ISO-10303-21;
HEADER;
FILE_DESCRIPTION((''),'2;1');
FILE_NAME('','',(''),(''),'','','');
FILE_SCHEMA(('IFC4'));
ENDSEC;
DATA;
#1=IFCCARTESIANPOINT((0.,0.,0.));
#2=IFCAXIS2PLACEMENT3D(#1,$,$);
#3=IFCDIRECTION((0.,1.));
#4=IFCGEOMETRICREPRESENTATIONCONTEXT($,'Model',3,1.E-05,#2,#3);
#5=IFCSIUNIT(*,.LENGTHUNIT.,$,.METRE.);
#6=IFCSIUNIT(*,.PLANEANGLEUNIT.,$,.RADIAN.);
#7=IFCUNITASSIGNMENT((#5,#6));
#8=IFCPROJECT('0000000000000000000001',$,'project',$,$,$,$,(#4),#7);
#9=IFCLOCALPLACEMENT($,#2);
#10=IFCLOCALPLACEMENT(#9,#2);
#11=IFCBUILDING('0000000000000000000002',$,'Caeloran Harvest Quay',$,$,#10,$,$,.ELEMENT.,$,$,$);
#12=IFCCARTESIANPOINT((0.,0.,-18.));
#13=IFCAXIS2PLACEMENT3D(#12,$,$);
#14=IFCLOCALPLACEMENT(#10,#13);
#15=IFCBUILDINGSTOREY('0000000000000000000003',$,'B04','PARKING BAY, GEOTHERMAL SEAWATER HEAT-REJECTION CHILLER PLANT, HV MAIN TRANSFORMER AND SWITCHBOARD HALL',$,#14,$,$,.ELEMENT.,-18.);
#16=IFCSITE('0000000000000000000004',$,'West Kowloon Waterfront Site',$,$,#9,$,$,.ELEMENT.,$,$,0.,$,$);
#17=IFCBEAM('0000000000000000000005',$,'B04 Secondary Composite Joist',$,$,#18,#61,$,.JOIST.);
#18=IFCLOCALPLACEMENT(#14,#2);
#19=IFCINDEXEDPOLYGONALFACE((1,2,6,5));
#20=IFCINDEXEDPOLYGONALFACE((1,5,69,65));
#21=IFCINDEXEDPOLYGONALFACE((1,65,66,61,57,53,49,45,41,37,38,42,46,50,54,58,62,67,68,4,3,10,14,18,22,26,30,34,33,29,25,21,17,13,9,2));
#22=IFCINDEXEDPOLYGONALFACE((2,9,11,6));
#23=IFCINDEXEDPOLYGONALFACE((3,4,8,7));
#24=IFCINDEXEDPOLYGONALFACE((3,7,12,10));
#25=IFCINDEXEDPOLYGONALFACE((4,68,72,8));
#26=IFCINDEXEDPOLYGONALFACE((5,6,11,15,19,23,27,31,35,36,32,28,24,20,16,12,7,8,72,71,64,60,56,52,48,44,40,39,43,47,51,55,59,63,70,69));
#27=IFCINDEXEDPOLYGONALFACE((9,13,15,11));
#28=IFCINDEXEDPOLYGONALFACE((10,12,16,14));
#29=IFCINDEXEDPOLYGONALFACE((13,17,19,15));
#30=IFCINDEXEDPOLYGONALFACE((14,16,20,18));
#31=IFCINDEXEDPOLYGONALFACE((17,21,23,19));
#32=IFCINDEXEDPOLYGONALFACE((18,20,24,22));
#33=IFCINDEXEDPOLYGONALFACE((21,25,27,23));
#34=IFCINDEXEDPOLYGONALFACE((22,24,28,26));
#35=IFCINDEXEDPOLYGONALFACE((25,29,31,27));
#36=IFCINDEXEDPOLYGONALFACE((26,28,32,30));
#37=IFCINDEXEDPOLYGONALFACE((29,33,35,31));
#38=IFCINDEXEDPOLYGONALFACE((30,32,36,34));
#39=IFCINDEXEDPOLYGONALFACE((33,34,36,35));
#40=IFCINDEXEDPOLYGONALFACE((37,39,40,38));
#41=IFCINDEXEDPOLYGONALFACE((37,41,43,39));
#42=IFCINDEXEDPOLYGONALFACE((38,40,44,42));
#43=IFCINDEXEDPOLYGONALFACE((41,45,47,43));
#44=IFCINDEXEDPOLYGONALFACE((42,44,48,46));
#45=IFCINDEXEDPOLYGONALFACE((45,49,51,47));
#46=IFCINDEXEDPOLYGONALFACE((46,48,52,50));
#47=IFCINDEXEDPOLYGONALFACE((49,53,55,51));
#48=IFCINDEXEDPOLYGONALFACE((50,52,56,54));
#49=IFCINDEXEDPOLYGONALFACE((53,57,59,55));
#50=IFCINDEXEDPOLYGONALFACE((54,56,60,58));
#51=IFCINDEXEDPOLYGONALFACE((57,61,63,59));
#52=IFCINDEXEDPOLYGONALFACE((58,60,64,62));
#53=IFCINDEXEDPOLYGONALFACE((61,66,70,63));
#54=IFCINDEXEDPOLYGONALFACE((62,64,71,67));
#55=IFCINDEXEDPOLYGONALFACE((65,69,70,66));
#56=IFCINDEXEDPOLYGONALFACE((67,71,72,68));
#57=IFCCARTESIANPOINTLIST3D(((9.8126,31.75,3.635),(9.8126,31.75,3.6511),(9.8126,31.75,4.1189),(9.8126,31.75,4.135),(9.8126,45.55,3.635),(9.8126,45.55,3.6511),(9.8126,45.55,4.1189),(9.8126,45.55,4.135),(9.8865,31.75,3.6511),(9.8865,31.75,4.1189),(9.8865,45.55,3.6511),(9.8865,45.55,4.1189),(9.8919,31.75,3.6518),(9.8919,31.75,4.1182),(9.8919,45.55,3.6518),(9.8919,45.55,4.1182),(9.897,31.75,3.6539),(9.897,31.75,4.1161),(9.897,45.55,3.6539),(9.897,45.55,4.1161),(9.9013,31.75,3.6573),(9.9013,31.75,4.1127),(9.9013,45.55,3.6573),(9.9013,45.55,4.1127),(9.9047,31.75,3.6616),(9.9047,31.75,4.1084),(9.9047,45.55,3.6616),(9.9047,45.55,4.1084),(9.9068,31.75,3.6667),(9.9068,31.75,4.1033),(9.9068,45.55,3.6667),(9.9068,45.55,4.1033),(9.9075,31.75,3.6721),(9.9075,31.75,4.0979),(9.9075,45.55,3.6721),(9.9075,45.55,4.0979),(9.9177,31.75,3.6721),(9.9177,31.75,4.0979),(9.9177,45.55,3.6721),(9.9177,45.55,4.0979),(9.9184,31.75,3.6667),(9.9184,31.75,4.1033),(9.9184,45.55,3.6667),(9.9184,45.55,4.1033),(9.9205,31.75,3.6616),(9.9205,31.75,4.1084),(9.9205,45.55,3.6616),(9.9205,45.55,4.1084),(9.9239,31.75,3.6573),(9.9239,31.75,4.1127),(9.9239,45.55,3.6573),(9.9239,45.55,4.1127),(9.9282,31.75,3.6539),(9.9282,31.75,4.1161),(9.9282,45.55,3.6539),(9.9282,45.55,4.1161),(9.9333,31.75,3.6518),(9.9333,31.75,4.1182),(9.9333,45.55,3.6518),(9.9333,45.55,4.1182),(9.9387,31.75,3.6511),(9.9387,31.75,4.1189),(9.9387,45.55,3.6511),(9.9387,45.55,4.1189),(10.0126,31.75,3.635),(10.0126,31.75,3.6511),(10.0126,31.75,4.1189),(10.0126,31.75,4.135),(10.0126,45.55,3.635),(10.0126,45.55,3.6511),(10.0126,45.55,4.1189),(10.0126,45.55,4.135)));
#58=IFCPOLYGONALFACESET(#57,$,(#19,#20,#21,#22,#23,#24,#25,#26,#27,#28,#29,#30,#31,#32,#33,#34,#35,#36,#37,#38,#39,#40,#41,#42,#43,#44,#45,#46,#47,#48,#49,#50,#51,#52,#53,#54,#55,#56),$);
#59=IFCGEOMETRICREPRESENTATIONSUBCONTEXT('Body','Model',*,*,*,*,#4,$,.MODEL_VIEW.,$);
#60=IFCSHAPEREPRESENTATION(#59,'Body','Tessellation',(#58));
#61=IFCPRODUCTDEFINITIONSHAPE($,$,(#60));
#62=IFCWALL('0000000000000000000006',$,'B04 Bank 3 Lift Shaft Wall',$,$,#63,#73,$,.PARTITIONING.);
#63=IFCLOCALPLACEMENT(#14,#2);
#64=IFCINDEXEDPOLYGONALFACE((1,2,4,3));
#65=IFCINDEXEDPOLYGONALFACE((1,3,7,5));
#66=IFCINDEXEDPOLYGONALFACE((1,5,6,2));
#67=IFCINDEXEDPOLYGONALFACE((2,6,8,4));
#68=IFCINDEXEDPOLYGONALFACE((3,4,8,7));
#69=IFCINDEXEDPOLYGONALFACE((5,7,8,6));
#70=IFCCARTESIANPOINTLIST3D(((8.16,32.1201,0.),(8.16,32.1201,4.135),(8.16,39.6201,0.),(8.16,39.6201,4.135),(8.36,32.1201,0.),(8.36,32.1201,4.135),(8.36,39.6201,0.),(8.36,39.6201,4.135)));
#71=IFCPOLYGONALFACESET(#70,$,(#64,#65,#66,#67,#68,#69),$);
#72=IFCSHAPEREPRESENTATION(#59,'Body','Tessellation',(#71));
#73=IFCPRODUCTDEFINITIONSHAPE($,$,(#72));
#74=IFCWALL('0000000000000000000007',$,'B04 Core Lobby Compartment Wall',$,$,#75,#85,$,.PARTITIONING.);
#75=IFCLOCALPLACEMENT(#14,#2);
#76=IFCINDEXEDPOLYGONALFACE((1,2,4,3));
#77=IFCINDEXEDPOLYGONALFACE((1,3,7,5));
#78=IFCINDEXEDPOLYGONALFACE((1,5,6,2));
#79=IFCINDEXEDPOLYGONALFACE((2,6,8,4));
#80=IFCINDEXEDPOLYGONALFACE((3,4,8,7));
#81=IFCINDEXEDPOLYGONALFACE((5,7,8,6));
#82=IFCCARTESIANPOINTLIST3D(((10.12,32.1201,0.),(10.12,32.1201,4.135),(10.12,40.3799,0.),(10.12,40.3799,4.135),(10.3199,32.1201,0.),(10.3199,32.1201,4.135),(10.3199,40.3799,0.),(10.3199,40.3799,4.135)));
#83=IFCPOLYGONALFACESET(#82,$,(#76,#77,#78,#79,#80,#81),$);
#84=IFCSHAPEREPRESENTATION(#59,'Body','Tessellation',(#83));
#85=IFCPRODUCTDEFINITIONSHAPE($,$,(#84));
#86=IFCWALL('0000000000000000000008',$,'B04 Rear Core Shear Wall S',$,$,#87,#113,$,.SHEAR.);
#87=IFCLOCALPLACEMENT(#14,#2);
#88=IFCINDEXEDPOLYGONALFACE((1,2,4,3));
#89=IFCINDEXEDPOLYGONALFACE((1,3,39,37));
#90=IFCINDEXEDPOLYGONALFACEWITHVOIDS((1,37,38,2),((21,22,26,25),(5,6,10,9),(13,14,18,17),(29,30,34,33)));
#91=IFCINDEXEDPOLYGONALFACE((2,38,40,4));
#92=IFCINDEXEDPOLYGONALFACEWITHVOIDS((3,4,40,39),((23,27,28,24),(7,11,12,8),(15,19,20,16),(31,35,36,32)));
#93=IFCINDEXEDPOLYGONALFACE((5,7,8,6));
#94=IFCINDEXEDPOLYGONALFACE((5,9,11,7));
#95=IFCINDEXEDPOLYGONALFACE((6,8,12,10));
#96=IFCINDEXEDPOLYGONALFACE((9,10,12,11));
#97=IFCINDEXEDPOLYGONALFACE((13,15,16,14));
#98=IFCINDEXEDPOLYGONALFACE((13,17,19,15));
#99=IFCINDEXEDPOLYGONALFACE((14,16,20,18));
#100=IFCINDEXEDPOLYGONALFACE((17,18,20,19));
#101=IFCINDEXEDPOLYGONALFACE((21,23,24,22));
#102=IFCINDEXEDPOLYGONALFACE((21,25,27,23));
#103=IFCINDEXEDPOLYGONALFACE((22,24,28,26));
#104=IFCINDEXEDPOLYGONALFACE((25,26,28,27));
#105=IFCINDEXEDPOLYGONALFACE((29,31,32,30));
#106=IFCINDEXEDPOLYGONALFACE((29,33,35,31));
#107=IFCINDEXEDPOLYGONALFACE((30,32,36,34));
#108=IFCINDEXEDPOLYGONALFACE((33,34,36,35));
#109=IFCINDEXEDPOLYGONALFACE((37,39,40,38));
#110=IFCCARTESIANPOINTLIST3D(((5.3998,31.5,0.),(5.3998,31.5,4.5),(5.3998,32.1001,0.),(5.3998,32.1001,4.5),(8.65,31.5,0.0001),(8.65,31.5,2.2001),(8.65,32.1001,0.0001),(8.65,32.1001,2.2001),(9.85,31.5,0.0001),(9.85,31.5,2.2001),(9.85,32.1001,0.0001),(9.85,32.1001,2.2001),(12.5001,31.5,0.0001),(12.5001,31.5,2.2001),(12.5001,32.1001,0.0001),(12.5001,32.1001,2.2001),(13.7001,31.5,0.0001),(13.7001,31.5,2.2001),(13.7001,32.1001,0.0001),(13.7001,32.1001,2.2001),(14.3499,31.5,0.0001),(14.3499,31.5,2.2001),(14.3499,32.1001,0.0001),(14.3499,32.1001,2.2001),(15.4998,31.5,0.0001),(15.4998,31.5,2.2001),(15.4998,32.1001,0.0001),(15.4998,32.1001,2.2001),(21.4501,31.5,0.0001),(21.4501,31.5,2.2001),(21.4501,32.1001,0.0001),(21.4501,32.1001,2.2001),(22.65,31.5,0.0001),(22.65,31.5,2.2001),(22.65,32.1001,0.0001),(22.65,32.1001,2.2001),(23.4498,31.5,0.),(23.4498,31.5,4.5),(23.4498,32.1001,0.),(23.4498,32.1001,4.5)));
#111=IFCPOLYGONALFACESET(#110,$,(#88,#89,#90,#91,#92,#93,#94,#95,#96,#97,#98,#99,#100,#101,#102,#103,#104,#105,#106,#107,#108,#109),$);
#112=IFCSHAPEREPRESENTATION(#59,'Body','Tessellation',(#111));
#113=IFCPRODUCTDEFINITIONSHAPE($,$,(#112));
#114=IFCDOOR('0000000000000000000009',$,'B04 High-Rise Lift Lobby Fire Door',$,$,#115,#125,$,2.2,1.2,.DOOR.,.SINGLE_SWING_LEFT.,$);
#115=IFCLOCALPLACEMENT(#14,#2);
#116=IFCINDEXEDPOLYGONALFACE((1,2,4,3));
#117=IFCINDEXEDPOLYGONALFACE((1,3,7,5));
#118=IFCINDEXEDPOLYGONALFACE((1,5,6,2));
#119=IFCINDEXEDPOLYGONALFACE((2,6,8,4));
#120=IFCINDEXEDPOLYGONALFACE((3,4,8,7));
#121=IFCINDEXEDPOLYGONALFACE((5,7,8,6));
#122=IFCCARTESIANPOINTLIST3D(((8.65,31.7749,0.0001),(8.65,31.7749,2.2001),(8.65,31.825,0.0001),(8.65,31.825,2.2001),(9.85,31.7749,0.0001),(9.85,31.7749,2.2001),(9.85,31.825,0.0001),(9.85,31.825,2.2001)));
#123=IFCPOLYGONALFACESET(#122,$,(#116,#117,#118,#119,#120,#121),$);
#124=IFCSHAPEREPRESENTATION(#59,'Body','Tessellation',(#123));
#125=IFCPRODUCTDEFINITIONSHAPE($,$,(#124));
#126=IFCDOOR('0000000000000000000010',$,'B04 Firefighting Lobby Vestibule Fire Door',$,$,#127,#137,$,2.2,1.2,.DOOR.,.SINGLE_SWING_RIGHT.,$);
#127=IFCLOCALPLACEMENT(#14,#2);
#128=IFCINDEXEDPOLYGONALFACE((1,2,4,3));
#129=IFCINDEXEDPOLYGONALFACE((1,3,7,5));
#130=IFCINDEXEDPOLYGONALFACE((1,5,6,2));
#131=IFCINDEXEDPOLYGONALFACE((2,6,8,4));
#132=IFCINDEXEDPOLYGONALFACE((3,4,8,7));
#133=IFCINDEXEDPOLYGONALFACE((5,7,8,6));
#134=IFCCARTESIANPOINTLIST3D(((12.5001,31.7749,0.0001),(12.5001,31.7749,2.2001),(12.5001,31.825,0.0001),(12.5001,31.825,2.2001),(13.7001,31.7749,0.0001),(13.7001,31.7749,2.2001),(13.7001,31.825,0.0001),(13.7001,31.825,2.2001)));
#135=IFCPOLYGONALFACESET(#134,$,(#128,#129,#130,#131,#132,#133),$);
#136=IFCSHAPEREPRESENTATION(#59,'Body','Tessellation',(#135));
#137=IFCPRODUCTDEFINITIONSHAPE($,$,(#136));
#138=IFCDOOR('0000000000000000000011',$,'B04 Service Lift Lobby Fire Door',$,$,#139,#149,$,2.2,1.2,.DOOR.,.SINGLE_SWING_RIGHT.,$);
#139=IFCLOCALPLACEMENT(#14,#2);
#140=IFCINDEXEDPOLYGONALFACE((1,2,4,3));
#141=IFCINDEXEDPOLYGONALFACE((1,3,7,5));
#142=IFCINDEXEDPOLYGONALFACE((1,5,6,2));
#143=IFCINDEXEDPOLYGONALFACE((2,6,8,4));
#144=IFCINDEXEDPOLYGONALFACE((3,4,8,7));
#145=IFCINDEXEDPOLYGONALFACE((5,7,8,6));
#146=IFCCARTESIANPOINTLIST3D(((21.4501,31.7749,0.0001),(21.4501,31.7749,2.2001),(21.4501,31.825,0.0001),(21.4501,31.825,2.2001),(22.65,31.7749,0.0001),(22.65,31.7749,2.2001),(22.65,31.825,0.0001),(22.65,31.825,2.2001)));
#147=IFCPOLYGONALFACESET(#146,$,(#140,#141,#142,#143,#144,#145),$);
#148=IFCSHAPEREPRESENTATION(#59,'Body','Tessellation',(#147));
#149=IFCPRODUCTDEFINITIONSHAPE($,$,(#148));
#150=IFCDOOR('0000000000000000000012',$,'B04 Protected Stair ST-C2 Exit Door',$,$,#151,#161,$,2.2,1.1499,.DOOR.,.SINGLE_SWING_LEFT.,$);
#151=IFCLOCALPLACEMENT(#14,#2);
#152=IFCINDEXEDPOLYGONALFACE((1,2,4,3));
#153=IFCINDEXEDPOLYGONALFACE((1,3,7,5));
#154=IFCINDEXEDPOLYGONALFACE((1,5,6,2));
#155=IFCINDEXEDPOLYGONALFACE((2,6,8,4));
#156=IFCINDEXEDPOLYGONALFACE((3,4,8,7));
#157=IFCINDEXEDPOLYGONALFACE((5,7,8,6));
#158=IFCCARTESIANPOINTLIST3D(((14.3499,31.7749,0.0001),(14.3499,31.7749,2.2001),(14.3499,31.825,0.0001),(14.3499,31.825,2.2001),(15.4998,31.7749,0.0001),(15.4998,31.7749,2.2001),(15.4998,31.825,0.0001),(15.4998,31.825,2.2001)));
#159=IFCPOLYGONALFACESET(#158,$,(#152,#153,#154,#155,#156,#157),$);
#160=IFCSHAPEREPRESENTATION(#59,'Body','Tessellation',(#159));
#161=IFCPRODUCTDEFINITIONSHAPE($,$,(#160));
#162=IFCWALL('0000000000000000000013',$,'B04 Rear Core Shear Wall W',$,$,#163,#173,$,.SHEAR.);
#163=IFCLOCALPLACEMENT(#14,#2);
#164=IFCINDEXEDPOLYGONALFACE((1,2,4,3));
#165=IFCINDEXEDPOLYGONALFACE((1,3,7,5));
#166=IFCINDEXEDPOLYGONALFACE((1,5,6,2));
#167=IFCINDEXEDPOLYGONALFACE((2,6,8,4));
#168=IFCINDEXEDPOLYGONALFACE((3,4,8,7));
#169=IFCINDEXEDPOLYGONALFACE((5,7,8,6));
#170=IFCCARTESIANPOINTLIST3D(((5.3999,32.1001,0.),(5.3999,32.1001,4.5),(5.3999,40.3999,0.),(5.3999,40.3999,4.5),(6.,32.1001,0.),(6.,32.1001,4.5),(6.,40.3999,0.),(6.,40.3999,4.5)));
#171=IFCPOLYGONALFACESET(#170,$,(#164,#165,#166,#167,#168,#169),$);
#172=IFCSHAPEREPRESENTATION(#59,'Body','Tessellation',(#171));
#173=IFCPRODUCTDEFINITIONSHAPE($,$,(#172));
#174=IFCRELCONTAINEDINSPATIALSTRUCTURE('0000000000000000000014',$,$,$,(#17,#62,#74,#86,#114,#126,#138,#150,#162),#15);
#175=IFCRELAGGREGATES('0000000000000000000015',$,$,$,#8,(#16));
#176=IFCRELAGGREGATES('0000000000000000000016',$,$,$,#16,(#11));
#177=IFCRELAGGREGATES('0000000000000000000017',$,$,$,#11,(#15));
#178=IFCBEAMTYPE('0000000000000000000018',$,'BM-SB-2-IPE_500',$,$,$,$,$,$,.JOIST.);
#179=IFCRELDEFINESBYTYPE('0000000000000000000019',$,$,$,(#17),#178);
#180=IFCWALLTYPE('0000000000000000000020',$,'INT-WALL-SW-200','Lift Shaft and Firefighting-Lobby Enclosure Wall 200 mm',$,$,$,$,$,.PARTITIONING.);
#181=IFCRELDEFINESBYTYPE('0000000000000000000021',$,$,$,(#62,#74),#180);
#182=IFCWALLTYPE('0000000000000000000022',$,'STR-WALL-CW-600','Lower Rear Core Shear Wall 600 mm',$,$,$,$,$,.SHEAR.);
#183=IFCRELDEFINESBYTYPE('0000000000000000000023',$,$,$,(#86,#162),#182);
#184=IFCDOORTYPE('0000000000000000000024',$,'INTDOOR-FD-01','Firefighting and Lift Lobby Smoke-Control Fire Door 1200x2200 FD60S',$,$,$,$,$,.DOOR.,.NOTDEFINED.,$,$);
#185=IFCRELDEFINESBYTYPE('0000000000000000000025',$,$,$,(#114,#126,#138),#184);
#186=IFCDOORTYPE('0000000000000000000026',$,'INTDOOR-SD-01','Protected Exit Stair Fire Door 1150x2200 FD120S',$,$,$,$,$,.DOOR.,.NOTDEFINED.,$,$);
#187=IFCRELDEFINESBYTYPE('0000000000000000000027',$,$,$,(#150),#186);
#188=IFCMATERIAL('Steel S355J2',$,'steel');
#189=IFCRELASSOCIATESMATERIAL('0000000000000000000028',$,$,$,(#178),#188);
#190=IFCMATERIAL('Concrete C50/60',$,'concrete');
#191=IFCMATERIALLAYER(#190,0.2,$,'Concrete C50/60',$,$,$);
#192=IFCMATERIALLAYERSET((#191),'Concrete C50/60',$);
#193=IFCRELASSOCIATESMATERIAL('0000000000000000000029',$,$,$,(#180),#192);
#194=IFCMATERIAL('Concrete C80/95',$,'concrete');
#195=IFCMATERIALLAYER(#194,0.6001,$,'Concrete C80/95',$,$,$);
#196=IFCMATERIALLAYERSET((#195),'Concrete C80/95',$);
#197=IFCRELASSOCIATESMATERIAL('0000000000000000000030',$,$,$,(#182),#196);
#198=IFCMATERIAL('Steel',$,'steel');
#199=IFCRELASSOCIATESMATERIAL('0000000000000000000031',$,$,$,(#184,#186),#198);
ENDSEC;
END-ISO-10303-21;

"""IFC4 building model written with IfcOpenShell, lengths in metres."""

from ifc_helpers import new_model, si_unit, direction, frame, frame_2d, origin, origin_2d, place, context, subcontext, project, spatial, rectangle, i_section, extrude, material, layer, layer_set, material_profile, profile_set, type_object, element, fill, save


model = new_model("IFC4")

# Units and contexts
model_context = context("Model", 3, precision=1e-05, world=origin(), true_north=direction((0.0, 1.0)))
body_context = subcontext(model_context, "Body", "Model", "MODEL_VIEW")
ifc_project = project(units=[si_unit("LENGTHUNIT", "METRE"), si_unit("PLANEANGLEUNIT", "RADIAN")], contexts=[model_context])

# Site, building, storey
site_placement = place(None, origin())
site = spatial("IfcSite", under=ifc_project, at=site_placement, Name="West Kowloon Waterfront Site", CompositionType="ELEMENT", RefElevation=0.0)
building_placement = place(site_placement, origin())
building = spatial("IfcBuilding", under=site, at=building_placement, Name="Caeloran Harvest Quay", CompositionType="ELEMENT")
storey_placement = place(building_placement, frame((0.0, 0.0, -18.0)))
storey = spatial("IfcBuildingStorey", under=building, at=storey_placement, Name="B04", Description="PARKING BAY, GEOTHERMAL SEAWATER HEAT-REJECTION CHILLER PLANT, HV MAIN TRANSFORMER AND SWITCHBOARD HALL", CompositionType="ELEMENT", Elevation=-18.0)

# Beam
ifc_material_1 = material(Name="Concrete C80/95", Category="concrete")
ifc_material_2 = material(Name="Steel S355J2", Category="steel")
ifc_material_profile_1 = material_profile(ifc_material_2, i_section(OverallWidth=0.2, OverallDepth=0.5, WebThickness=0.0103, FlangeThickness=0.0161, FilletRadius=0.021, at=origin_2d()), Name="IPE 500")
ifc_profile_set_1 = profile_set([ifc_material_profile_1], Name="Steel S355J2")
beam_type_1 = type_object("IfcBeamType", Name="BM-SB-2-IPE_500", PredefinedType="JOIST", material=ifc_profile_set_1)
for number, where, z_axis, x_axis, name in (
    (1, (9.9126, 31.75, 3.885), (0.0, 1.0, 0.0), (-1.0, 0.0, 0.0), "B04 Secondary Composite Joist"),
):
    element("IfcBeam", number, at=place(storey_placement, frame(where, z_axis=z_axis, x_axis=x_axis)), inside=storey, type_object=beam_type_1, Name=name, PredefinedType="JOIST", context=body_context, shape_type="SweptSolid", body=[
        extrude(i_section(OverallWidth=0.2, OverallDepth=0.5, WebThickness=0.0103, FlangeThickness=0.0161, FilletRadius=0.021, at=origin_2d()), origin(), (0.0, 0.0, 1.0), 13.8),
    ])

# Walls
ifc_material_3 = material(Name="Concrete C50/60", Category="concrete")
ifc_layer_1 = layer(ifc_material_3, 0.2, Name="Concrete C50/60")
ifc_layer_set_1 = layer_set([ifc_layer_1], Name="Concrete C50/60")
wall_type_1 = type_object("IfcWallType", Name="INT-WALL-SW-200", Description="Lift Shaft and Firefighting-Lobby Enclosure Wall 200 mm", PredefinedType="PARTITIONING", material=ifc_layer_set_1)
wall_1_placement = place(storey_placement, frame((8.26, 32.1201, 0.0), z_axis=(0.0, 0.0, 1.0), x_axis=(0.0, 1.0, 0.0)))
element("IfcWall", 2, at=wall_1_placement, inside=storey, type_object=wall_type_1, Name="B04 Bank 3 Lift Shaft Wall", PredefinedType="PARTITIONING", context=body_context, shape_type="SweptSolid", body=[
    extrude(rectangle(XDim=7.5, YDim=0.2, at=frame_2d((3.75, 0.0))), origin(), (0.0, 0.0, 1.0), 4.135),
])
wall_2_placement = place(storey_placement, frame((10.22, 32.1201, 0.0), z_axis=(0.0, 0.0, 1.0), x_axis=(0.0, 1.0, 0.0)))
element("IfcWall", 3, at=wall_2_placement, inside=storey, type_object=wall_type_1, Name="B04 Core Lobby Compartment Wall", PredefinedType="PARTITIONING", context=body_context, shape_type="SweptSolid", body=[
    extrude(rectangle(XDim=8.2598, YDim=0.2, at=frame_2d((4.1299, 0.0))), origin(), (0.0, 0.0, 1.0), 4.135),
])

# Wall, openings, doors
ifc_layer_2 = layer(ifc_material_1, 0.6001, Name="Concrete C80/95")
ifc_layer_set_2 = layer_set([ifc_layer_2], Name="Concrete C80/95")
wall_type_2 = type_object("IfcWallType", Name="STR-WALL-CW-600", Description="Lower Rear Core Shear Wall 600 mm", PredefinedType="SHEAR", material=ifc_layer_set_2)
wall_3_placement = place(storey_placement, frame((5.3999, 31.8, 0.0), z_axis=(0.0, 0.0, 1.0), x_axis=(1.0, 0.0, 0.0)))
wall_3 = element("IfcWall", 4, at=wall_3_placement, inside=storey, type_object=wall_type_2, Name="B04 Rear Core Shear Wall S", PredefinedType="SHEAR", context=body_context, shape_type="SweptSolid", body=[
    extrude(rectangle(XDim=18.05, YDim=0.6001, at=frame_2d((9.0249, 0.0))), origin(), (0.0, 0.0, 1.0), 4.5),
])
opening_1_placement = place(wall_3_placement, frame((3.25, 0.0, 0.0)))
opening_1 = element("IfcOpeningElement", 5, at=opening_1_placement, cuts=wall_3, PredefinedType="OPENING", context=body_context, shape_type="SweptSolid", body=[
    extrude(rectangle(XDim=1.2, YDim=2.2, at=frame_2d((0.6001, 1.1001))), frame((0.0, 0.3101, 0.0), z_axis=(0.0, -1.0, 0.0), x_axis=(1.0, 0.0, 0.0)), (0.0, 0.0, 1.0), 0.6201),
])
opening_2_placement = place(wall_3_placement, frame((7.1001, 0.0, 0.0)))
opening_2 = element("IfcOpeningElement", 6, at=opening_2_placement, cuts=wall_3, PredefinedType="OPENING", context=body_context, shape_type="SweptSolid", body=[
    extrude(rectangle(XDim=1.2, YDim=2.2, at=frame_2d((0.6001, 1.1001))), frame((0.0, 0.3101, 0.0), z_axis=(0.0, -1.0, 0.0), x_axis=(1.0, 0.0, 0.0)), (0.0, 0.0, 1.0), 0.6201),
])
opening_3_placement = place(wall_3_placement, frame((8.95, 0.0, 0.0)))
opening_3 = element("IfcOpeningElement", 7, at=opening_3_placement, cuts=wall_3, PredefinedType="OPENING", context=body_context, shape_type="SweptSolid", body=[
    extrude(rectangle(XDim=1.1499, YDim=2.2, at=frame_2d((0.575, 1.1001))), frame((0.0, 0.3101, 0.0), z_axis=(0.0, -1.0, 0.0), x_axis=(1.0, 0.0, 0.0)), (0.0, 0.0, 1.0), 0.6201),
])
opening_4_placement = place(wall_3_placement, frame((16.05, 0.0, 0.0)))
opening_4 = element("IfcOpeningElement", 8, at=opening_4_placement, cuts=wall_3, PredefinedType="OPENING", context=body_context, shape_type="SweptSolid", body=[
    extrude(rectangle(XDim=1.2, YDim=2.2, at=frame_2d((0.6001, 1.1001))), frame((0.0, 0.3101, 0.0), z_axis=(0.0, -1.0, 0.0), x_axis=(1.0, 0.0, 0.0)), (0.0, 0.0, 1.0), 0.6201),
])
ifc_material_4 = material(Name="Steel", Category="steel")
door_type_1 = type_object("IfcDoorType", Name="INTDOOR-FD-01", Description="Firefighting and Lift Lobby Smoke-Control Fire Door 1200x2200 FD60S", OperationType="NOTDEFINED", PredefinedType="DOOR", material=ifc_material_4)
door_1_placement = place(opening_1_placement, origin())
door_1 = element("IfcDoor", 9, at=door_1_placement, inside=storey, type_object=door_type_1, Name="B04 High-Rise Lift Lobby Fire Door", OperationType="SINGLE_SWING_LEFT", OverallHeight=2.2, OverallWidth=1.2, PredefinedType="DOOR", context=body_context, shape_type="SweptSolid", body=[
    extrude(rectangle(XDim=1.2, YDim=2.2, at=frame_2d((0.6001, 1.1001))), frame((0.0, 0.0249, 0.0), z_axis=(0.0, -1.0, 0.0), x_axis=(1.0, 0.0, 0.0)), (0.0, 0.0, 1.0), 0.05),
])
fill(opening_1, door_1)
door_2_placement = place(opening_2_placement, origin())
door_2 = element("IfcDoor", 10, at=door_2_placement, inside=storey, type_object=door_type_1, Name="B04 Firefighting Lobby Vestibule Fire Door", OperationType="SINGLE_SWING_RIGHT", OverallHeight=2.2, OverallWidth=1.2, PredefinedType="DOOR", context=body_context, shape_type="SweptSolid", body=[
    extrude(rectangle(XDim=1.2, YDim=2.2, at=frame_2d((0.6001, 1.1001))), frame((0.0, 0.0249, 0.0), z_axis=(0.0, -1.0, 0.0), x_axis=(1.0, 0.0, 0.0)), (0.0, 0.0, 1.0), 0.05),
])
fill(opening_2, door_2)
door_3_placement = place(opening_4_placement, origin())
door_3 = element("IfcDoor", 11, at=door_3_placement, inside=storey, type_object=door_type_1, Name="B04 Service Lift Lobby Fire Door", OperationType="SINGLE_SWING_RIGHT", OverallHeight=2.2, OverallWidth=1.2, PredefinedType="DOOR", context=body_context, shape_type="SweptSolid", body=[
    extrude(rectangle(XDim=1.2, YDim=2.2, at=frame_2d((0.6001, 1.1001))), frame((0.0, 0.0249, 0.0), z_axis=(0.0, -1.0, 0.0), x_axis=(1.0, 0.0, 0.0)), (0.0, 0.0, 1.0), 0.05),
])
fill(opening_4, door_3)
door_type_2 = type_object("IfcDoorType", Name="INTDOOR-SD-01", Description="Protected Exit Stair Fire Door 1150x2200 FD120S", OperationType="NOTDEFINED", PredefinedType="DOOR", material=ifc_material_4)
door_4_placement = place(opening_3_placement, origin())
door_4 = element("IfcDoor", 12, at=door_4_placement, inside=storey, type_object=door_type_2, Name="B04 Protected Stair ST-C2 Exit Door", OperationType="SINGLE_SWING_LEFT", OverallHeight=2.2, OverallWidth=1.1499, PredefinedType="DOOR", context=body_context, shape_type="SweptSolid", body=[
    extrude(rectangle(XDim=1.1499, YDim=2.2, at=frame_2d((0.575, 1.1001))), frame((0.0, 0.0249, 0.0), z_axis=(0.0, -1.0, 0.0), x_axis=(1.0, 0.0, 0.0)), (0.0, 0.0, 1.0), 0.05),
])
fill(opening_3, door_4)

# Wall
wall_4_placement = place(storey_placement, frame((5.7, 32.1001, 0.0), z_axis=(0.0, 0.0, 1.0), x_axis=(0.0, 1.0, 0.0)))
element("IfcWall", 13, at=wall_4_placement, inside=storey, type_object=wall_type_2, Name="B04 Rear Core Shear Wall W", PredefinedType="SHEAR", context=body_context, shape_type="SweptSolid", body=[
    extrude(rectangle(XDim=8.2998, YDim=0.6001, at=frame_2d((4.1499, 0.0))), origin(), (0.0, 0.0, 1.0), 4.5),
])

save(model, "model.ifc")
